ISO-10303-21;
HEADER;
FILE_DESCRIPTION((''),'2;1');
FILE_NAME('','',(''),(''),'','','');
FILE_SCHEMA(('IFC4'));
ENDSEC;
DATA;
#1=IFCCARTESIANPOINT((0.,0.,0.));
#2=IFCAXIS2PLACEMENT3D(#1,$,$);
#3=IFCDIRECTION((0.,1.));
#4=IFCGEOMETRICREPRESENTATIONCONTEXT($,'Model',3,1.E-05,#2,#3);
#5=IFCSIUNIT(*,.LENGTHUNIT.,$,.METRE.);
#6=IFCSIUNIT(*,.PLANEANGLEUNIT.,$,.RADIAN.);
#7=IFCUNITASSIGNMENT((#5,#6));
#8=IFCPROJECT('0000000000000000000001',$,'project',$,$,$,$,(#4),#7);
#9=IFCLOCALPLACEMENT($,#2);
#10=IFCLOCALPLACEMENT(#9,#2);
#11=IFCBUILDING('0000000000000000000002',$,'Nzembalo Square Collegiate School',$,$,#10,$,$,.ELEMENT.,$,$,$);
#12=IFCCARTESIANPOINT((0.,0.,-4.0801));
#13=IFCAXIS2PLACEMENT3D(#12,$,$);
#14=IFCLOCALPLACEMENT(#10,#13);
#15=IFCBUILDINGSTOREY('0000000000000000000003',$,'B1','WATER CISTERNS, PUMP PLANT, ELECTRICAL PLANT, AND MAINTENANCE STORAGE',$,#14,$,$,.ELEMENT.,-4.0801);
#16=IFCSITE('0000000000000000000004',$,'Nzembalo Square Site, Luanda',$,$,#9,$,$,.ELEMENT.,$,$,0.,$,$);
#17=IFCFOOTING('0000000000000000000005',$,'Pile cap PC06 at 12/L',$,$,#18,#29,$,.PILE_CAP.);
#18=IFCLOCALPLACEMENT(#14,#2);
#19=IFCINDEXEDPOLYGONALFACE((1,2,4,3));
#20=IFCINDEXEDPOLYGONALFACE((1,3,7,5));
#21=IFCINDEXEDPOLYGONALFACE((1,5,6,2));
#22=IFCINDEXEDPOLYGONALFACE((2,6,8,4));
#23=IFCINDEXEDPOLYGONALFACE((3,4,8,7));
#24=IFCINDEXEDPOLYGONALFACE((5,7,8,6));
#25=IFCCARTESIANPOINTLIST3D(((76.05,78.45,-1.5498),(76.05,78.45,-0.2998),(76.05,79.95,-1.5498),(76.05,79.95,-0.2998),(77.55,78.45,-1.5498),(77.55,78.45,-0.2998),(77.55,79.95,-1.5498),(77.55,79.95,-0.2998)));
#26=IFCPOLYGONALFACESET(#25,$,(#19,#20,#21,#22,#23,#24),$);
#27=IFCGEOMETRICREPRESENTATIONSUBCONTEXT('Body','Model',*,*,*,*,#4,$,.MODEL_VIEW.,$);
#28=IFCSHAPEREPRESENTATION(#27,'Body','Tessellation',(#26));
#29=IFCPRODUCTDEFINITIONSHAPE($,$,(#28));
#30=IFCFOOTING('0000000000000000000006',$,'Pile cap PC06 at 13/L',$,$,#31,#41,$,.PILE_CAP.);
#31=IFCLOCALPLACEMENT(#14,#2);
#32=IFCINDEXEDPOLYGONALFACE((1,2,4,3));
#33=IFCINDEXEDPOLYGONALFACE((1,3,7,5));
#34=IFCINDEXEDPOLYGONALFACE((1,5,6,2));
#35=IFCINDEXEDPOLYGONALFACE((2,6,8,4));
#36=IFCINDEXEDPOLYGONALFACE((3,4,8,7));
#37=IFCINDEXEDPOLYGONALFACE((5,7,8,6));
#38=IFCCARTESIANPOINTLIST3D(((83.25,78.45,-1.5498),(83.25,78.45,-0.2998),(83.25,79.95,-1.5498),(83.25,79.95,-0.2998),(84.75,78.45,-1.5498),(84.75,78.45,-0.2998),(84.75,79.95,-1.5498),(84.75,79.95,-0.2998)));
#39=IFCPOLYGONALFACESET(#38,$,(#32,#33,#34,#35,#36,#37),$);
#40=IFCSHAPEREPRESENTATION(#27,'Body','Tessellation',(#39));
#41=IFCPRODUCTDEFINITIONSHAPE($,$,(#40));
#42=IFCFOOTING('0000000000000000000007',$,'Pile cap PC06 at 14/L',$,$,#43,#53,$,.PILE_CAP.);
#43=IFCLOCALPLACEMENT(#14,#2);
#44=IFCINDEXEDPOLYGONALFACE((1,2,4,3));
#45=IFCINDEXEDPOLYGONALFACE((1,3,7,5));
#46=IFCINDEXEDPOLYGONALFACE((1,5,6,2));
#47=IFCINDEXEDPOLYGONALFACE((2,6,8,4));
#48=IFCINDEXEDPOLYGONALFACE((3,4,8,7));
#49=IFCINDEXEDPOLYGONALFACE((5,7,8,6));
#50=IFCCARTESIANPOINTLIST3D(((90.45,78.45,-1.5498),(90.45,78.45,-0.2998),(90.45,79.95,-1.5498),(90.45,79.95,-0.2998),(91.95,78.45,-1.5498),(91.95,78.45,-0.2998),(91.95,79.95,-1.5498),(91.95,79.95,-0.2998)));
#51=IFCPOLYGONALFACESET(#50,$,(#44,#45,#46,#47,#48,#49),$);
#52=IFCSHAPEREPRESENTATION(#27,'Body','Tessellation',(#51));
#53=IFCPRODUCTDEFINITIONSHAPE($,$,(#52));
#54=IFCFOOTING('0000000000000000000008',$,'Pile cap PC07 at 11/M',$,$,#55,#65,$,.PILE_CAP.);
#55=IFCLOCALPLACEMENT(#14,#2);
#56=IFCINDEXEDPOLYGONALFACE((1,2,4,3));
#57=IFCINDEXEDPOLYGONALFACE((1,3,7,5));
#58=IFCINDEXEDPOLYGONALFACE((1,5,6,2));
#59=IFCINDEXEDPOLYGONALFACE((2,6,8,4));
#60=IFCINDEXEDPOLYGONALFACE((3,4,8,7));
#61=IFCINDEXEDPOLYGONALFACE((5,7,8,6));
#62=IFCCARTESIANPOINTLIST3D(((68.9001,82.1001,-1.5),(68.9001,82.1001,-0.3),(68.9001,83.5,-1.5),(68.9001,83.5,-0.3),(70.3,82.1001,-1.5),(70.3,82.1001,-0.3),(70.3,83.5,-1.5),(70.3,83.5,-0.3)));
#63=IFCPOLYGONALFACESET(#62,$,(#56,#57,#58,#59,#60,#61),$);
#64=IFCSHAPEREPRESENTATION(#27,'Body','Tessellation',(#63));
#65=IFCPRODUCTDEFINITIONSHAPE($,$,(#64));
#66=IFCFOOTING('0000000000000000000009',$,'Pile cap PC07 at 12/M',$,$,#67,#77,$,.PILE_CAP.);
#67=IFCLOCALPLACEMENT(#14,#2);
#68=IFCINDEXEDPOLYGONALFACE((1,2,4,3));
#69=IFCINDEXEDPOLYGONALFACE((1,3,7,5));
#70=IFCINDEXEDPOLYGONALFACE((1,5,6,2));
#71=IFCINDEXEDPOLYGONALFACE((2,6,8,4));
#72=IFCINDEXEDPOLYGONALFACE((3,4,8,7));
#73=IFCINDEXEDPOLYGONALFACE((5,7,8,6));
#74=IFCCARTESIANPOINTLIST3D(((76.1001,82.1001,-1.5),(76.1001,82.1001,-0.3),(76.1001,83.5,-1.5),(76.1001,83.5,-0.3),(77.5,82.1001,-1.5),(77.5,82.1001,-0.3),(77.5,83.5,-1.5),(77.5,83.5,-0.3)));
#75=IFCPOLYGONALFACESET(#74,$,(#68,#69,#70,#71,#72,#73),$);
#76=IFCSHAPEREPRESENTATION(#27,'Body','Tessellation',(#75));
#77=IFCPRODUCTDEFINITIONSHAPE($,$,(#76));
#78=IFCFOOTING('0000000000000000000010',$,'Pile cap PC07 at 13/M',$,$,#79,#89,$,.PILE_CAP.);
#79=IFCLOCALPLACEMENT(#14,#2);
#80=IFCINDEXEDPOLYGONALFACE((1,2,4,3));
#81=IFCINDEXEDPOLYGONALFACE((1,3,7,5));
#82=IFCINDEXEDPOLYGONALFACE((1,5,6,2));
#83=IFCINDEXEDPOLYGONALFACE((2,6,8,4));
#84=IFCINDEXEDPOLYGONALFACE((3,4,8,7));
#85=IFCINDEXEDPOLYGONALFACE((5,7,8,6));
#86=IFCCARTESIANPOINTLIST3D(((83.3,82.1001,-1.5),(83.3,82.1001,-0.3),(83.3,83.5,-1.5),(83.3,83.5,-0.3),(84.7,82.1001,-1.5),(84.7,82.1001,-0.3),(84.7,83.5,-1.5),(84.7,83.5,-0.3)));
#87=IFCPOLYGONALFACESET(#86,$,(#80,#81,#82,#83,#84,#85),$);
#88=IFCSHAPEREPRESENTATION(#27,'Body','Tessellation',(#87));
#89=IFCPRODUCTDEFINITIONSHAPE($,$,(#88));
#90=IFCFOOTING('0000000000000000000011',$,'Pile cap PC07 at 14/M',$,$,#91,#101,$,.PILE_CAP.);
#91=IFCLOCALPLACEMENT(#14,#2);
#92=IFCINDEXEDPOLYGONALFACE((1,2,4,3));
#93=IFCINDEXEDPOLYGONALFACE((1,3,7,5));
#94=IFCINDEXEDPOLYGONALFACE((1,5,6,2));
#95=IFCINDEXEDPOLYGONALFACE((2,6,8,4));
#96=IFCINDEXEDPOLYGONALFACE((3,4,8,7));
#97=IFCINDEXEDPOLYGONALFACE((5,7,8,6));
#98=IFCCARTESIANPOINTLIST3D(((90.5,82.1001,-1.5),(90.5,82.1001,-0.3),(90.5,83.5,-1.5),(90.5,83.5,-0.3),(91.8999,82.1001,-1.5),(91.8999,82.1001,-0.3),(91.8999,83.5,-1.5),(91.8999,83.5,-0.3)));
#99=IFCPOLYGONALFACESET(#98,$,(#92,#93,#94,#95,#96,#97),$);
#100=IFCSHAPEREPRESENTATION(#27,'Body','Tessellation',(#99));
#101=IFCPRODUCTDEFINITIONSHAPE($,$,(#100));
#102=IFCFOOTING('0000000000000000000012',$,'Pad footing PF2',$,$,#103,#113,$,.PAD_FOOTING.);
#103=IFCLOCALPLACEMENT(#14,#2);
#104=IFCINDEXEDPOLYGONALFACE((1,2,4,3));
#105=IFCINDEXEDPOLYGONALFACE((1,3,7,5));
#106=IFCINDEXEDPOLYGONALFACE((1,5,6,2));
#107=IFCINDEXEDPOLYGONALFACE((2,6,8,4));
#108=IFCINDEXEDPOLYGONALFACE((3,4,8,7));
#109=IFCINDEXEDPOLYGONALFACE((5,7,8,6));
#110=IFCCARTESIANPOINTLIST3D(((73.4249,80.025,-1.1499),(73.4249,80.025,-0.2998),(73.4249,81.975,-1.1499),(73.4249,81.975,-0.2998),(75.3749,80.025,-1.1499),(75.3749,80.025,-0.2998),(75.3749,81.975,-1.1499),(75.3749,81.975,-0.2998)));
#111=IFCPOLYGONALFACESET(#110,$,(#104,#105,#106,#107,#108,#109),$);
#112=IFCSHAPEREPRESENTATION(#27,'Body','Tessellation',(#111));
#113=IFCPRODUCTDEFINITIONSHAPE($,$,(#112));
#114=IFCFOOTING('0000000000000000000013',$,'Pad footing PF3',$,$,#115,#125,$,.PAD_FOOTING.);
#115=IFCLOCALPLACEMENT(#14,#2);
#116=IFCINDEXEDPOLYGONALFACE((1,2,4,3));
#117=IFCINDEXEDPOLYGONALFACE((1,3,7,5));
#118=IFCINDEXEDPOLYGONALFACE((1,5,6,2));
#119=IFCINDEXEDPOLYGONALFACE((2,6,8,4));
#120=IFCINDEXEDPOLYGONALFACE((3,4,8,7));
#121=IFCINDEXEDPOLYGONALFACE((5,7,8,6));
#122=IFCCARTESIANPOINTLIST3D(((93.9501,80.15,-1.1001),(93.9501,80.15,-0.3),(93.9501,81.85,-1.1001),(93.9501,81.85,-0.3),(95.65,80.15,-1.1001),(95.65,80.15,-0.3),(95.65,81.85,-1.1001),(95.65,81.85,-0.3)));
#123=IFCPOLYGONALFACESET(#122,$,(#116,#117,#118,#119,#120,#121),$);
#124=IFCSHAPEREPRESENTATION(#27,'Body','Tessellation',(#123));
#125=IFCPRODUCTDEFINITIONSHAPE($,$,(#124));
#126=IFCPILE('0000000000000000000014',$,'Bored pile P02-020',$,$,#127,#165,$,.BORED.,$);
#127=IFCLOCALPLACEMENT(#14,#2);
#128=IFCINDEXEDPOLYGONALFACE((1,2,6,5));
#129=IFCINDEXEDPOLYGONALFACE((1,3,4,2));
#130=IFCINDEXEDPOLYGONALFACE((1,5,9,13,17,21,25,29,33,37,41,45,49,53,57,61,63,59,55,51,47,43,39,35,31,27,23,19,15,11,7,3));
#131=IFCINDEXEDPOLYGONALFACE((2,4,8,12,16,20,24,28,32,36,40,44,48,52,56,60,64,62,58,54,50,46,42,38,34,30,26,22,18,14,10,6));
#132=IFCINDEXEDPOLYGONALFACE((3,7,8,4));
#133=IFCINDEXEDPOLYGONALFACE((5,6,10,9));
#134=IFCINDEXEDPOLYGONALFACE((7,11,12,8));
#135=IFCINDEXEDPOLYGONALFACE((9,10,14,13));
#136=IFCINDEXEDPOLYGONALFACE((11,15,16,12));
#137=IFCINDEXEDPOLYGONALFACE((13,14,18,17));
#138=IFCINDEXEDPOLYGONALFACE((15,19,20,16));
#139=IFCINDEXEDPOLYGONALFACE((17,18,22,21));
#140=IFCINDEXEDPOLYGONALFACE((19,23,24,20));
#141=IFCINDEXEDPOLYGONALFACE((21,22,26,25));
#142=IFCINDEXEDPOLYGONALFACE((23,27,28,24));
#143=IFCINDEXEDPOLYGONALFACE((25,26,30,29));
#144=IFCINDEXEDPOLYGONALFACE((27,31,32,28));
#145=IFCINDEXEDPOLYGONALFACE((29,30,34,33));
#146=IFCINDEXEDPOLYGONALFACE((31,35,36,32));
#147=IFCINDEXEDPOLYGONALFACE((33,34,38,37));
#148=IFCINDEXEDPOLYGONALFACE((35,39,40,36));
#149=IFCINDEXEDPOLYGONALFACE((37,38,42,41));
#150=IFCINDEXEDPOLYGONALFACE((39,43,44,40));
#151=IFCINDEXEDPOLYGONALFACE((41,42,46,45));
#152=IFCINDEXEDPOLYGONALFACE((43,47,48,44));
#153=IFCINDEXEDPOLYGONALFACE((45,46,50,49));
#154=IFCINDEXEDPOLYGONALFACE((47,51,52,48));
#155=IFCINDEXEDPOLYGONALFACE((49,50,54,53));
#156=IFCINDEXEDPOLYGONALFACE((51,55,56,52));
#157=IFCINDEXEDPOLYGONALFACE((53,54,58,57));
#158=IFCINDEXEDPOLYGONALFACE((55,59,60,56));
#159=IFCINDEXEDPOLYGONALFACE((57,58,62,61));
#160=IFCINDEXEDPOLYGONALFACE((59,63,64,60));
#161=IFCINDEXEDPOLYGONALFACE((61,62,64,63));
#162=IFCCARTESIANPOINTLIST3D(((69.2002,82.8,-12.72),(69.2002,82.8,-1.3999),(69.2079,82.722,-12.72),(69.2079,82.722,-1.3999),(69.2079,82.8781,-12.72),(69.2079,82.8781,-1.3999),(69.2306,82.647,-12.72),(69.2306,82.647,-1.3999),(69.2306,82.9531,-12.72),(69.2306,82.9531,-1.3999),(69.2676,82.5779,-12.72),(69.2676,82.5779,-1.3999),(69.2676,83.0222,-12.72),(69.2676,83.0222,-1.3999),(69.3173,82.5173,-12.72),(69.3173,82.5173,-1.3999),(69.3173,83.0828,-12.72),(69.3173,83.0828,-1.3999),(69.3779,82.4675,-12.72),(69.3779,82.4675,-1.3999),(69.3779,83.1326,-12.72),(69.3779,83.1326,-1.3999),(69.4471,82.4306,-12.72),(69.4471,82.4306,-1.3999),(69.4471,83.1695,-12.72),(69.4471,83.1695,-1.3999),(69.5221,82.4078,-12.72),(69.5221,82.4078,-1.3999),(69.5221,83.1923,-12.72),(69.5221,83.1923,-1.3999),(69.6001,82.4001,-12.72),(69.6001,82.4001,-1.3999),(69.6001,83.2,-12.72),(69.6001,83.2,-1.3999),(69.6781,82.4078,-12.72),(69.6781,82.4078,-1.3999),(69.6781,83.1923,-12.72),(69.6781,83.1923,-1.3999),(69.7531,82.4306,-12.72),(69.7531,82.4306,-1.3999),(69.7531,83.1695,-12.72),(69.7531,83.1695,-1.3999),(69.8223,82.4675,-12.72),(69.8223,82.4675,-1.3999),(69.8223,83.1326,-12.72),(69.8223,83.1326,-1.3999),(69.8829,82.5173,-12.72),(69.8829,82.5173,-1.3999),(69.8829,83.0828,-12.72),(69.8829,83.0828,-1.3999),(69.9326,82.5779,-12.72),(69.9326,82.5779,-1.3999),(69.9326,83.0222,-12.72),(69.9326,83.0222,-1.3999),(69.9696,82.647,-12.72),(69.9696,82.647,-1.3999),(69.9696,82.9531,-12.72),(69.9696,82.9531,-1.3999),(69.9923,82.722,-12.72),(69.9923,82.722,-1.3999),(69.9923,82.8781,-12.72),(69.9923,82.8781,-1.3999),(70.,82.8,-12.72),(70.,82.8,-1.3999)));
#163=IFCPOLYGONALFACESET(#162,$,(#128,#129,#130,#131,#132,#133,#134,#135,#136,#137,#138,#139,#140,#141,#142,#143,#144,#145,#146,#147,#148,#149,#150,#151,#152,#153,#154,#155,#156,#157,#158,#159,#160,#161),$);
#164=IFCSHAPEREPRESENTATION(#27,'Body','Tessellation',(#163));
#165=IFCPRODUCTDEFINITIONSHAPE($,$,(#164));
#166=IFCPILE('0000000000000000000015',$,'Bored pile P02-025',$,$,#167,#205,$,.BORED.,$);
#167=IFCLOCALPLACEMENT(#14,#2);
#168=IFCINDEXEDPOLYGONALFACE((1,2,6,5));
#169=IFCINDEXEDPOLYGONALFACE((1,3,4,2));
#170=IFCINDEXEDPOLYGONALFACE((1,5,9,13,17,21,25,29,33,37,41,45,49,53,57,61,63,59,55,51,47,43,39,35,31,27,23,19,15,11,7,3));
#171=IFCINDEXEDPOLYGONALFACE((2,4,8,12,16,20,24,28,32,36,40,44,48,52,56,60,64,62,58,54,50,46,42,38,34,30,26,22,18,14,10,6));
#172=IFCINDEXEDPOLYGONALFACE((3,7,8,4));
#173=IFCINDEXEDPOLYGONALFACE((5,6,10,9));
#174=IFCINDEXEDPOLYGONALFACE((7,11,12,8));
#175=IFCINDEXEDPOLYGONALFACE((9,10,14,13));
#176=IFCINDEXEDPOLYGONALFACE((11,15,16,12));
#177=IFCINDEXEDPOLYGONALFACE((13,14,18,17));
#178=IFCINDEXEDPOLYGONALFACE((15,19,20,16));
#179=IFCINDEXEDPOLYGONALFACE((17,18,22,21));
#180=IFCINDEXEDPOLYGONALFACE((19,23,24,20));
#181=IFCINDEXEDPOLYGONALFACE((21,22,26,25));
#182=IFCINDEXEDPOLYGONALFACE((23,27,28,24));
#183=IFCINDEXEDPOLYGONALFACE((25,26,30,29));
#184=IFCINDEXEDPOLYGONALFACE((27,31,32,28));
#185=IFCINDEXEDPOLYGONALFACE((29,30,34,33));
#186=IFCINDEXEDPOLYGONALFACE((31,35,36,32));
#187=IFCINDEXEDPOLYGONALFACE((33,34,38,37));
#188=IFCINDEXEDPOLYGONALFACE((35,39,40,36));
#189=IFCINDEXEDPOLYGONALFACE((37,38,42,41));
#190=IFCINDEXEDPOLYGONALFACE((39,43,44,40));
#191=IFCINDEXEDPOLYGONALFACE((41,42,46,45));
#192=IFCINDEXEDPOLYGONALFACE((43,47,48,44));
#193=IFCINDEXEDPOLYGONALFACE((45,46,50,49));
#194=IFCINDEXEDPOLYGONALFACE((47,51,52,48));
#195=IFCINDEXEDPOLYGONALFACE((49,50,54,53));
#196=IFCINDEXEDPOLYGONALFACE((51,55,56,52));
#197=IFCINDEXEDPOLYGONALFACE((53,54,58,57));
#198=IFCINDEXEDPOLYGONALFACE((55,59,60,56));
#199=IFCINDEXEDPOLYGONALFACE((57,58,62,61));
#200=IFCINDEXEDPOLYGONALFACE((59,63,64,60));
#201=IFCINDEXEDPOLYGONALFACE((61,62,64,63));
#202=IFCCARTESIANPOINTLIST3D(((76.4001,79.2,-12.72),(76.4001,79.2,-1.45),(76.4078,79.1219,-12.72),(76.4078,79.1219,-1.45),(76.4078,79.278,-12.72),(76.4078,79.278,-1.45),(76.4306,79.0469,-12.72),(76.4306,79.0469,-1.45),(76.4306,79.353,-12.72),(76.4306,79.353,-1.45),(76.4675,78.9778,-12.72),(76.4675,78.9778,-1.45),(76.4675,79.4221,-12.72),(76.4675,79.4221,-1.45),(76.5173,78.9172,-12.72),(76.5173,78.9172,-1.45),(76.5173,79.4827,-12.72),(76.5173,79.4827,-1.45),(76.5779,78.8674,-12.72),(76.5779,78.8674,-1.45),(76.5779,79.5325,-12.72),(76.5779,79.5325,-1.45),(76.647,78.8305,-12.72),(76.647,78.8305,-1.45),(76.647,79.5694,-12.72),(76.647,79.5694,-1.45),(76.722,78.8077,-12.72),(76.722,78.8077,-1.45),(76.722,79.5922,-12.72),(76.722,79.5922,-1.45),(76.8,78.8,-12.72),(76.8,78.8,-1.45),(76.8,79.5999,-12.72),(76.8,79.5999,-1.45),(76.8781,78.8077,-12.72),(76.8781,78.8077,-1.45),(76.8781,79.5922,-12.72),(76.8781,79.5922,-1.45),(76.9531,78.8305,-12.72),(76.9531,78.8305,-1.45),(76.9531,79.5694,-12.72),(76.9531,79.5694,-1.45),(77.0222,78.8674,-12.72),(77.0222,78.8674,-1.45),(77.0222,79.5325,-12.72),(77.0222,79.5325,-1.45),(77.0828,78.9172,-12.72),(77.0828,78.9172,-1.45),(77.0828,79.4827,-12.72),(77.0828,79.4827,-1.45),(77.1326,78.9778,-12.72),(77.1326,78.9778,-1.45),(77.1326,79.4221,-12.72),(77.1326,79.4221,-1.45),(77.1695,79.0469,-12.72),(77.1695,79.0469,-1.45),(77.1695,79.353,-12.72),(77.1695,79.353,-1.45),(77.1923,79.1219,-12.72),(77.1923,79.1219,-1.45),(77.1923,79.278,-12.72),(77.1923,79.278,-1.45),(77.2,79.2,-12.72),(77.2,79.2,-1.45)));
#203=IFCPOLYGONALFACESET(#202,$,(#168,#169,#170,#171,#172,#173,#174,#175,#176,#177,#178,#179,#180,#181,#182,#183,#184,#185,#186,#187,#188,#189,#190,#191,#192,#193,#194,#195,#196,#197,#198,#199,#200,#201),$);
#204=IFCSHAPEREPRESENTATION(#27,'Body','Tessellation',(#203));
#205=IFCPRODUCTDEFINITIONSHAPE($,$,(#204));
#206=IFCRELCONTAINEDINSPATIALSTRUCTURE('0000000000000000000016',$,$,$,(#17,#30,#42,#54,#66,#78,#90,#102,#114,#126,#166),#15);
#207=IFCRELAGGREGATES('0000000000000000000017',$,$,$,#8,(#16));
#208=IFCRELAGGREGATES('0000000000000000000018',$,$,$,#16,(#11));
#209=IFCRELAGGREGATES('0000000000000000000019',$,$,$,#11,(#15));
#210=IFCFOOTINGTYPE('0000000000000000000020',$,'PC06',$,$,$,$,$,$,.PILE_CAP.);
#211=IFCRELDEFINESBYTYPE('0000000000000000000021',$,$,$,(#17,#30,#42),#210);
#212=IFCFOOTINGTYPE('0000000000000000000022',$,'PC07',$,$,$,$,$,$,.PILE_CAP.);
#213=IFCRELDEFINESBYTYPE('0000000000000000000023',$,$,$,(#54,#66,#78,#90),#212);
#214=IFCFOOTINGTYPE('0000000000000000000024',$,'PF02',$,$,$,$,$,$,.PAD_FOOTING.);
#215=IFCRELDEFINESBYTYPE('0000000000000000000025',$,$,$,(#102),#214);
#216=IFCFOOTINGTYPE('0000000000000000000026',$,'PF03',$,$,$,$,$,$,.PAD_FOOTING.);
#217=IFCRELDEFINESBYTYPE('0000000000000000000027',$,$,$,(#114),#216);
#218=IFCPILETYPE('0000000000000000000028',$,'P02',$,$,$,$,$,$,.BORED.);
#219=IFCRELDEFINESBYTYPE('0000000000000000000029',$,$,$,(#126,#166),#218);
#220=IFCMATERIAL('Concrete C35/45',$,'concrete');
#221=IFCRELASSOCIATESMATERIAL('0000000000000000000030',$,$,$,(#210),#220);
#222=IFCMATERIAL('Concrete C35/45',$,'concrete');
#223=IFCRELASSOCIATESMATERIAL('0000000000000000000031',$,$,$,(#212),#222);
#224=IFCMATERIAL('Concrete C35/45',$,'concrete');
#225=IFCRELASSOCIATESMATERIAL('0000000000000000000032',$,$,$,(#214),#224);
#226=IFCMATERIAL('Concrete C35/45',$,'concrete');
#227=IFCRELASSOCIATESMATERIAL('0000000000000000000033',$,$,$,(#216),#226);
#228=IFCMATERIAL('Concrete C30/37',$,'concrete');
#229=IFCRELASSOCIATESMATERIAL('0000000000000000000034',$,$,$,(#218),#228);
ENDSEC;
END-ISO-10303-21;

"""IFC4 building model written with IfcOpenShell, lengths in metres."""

from ifc_helpers import new_model, si_unit, direction, frame, origin, origin_2d, place, context, subcontext, project, spatial, rectangle, circle, extrude, material, material_profile, profile_set, type_object, element, save


model = new_model("IFC4")

# Units and contexts
model_context = context("Model", 3, precision=1e-05, world=origin(), true_north=direction((0.0, 1.0)))
body_context = subcontext(model_context, "Body", "Model", "MODEL_VIEW")
ifc_project = project(units=[si_unit("LENGTHUNIT", "METRE"), si_unit("PLANEANGLEUNIT", "RADIAN")], contexts=[model_context])

# Site, building, storey
site_placement = place(None, origin())
site = spatial("IfcSite", under=ifc_project, at=site_placement, Name="Nzembalo Square Site, Luanda", CompositionType="ELEMENT", RefElevation=0.0)
building_placement = place(site_placement, origin())
building = spatial("IfcBuilding", under=site, at=building_placement, Name="Nzembalo Square Collegiate School", CompositionType="ELEMENT")
storey_placement = place(building_placement, frame((0.0, 0.0, -4.0801)))
storey = spatial("IfcBuildingStorey", under=building, at=storey_placement, Name="B1", Description="WATER CISTERNS, PUMP PLANT, ELECTRICAL PLANT, AND MAINTENANCE STORAGE", CompositionType="ELEMENT", Elevation=-4.0801)

# Footings
ifc_material_1 = material(Name="Concrete C35/45", Category="concrete")
footing_type_1 = type_object("IfcFootingType", Name="PC06", PredefinedType="PILE_CAP", material=ifc_material_1)
for number, where, z_axis, x_axis, name in (
    (1, (76.8, 79.2, -1.5498), (0.0, 0.0, 1.0), (1.0, 0.0, 0.0), "Pile cap PC06 at 12/L"),
    (2, (84.0, 79.2, -1.5498), (0.0, 0.0, 1.0), (1.0, 0.0, 0.0), "Pile cap PC06 at 13/L"),
    (3, (91.2, 79.2, -1.5498), (0.0, 0.0, 1.0), (1.0, 0.0, 0.0), "Pile cap PC06 at 14/L"),
):
    element("IfcFooting", number, at=place(storey_placement, frame(where, z_axis=z_axis, x_axis=x_axis)), inside=storey, type_object=footing_type_1, Name=name, PredefinedType="PILE_CAP", context=body_context, shape_type="SweptSolid", body=[
        extrude(rectangle(XDim=1.5, YDim=1.5, at=origin_2d()), origin(), (0.0, 0.0, 1.0), 1.25),
    ])
ifc_material_2 = material(Name="Concrete C35/45", Category="concrete")
footing_type_2 = type_object("IfcFootingType", Name="PC07", PredefinedType="PILE_CAP", material=ifc_material_2)
for number, where, z_axis, x_axis, name in (
    (4, (69.6001, 82.8, -1.5), (0.0, 0.0, 1.0), (1.0, 0.0, 0.0), "Pile cap PC07 at 11/M"),
    (5, (76.8, 82.8, -1.5), (0.0, 0.0, 1.0), (1.0, 0.0, 0.0), "Pile cap PC07 at 12/M"),
    (6, (84.0, 82.8, -1.5), (0.0, 0.0, 1.0), (1.0, 0.0, 0.0), "Pile cap PC07 at 13/M"),
    (7, (91.2, 82.8, -1.5), (0.0, 0.0, 1.0), (1.0, 0.0, 0.0), "Pile cap PC07 at 14/M"),
):
    element("IfcFooting", number, at=place(storey_placement, frame(where, z_axis=z_axis, x_axis=x_axis)), inside=storey, type_object=footing_type_2, Name=name, PredefinedType="PILE_CAP", context=body_context, shape_type="SweptSolid", body=[
        extrude(rectangle(XDim=1.3999, YDim=1.3999, at=origin_2d()), origin(), (0.0, 0.0, 1.0), 1.2),
    ])
ifc_material_3 = material(Name="Concrete C35/45", Category="concrete")
footing_type_3 = type_object("IfcFootingType", Name="PF02", PredefinedType="PAD_FOOTING", material=ifc_material_3)
footing_1_placement = place(storey_placement, frame((74.3999, 81.0, -1.1499), z_axis=(0.0, 0.0, 1.0), x_axis=(1.0, 0.0, 0.0)))
element("IfcFooting", 8, at=footing_1_placement, inside=storey, type_object=footing_type_3, Name="Pad footing PF2", PredefinedType="PAD_FOOTING", context=body_context, shape_type="SweptSolid", body=[
    extrude(rectangle(XDim=1.95, YDim=1.95, at=origin_2d()), origin(), (0.0, 0.0, 1.0), 0.8501),
])
ifc_material_4 = material(Name="Concrete C35/45", Category="concrete")
footing_type_4 = type_object("IfcFootingType", Name="PF03", PredefinedType="PAD_FOOTING", material=ifc_material_4)
footing_2_placement = place(storey_placement, frame((94.8, 81.0, -1.1001), z_axis=(0.0, 0.0, 1.0), x_axis=(1.0, 0.0, 0.0)))
element("IfcFooting", 9, at=footing_2_placement, inside=storey, type_object=footing_type_4, Name="Pad footing PF3", PredefinedType="PAD_FOOTING", context=body_context, shape_type="SweptSolid", body=[
    extrude(rectangle(XDim=1.7, YDim=1.7, at=origin_2d()), origin(), (0.0, 0.0, 1.0), 0.8),
])

# Piles
ifc_material_5 = material(Name="Concrete C30/37", Category="concrete")
ifc_material_profile_1 = material_profile(ifc_material_5, circle(Radius=0.3999, at=origin_2d()), Name="PILE D800")
ifc_profile_set_1 = profile_set([ifc_material_profile_1], Name="Concrete C30/37")
pile_type = type_object("IfcPileType", Name="P02", PredefinedType="BORED", material=ifc_profile_set_1)
pile_1_placement = place(storey_placement, frame((69.6001, 82.8, -1.3999), z_axis=(0.0, 0.0, -1.0), x_axis=(1.0, 0.0, 0.0)))
element("IfcPile", 10, at=pile_1_placement, inside=storey, type_object=pile_type, Name="Bored pile P02-020", PredefinedType="BORED", context=body_context, shape_type="SweptSolid", body=[
    extrude(circle(Radius=0.3999, at=origin_2d()), origin(), (0.0, 0.0, 1.0), 11.3201),
])
pile_2_placement = place(storey_placement, frame((76.8, 79.2, -1.45), z_axis=(0.0, 0.0, -1.0), x_axis=(1.0, 0.0, 0.0)))
element("IfcPile", 11, at=pile_2_placement, inside=storey, type_object=pile_type, Name="Bored pile P02-025", PredefinedType="BORED", context=body_context, shape_type="SweptSolid", body=[
    extrude(circle(Radius=0.3999, at=origin_2d()), origin(), (0.0, 0.0, 1.0), 11.27),
])

save(model, "model.ifc")
